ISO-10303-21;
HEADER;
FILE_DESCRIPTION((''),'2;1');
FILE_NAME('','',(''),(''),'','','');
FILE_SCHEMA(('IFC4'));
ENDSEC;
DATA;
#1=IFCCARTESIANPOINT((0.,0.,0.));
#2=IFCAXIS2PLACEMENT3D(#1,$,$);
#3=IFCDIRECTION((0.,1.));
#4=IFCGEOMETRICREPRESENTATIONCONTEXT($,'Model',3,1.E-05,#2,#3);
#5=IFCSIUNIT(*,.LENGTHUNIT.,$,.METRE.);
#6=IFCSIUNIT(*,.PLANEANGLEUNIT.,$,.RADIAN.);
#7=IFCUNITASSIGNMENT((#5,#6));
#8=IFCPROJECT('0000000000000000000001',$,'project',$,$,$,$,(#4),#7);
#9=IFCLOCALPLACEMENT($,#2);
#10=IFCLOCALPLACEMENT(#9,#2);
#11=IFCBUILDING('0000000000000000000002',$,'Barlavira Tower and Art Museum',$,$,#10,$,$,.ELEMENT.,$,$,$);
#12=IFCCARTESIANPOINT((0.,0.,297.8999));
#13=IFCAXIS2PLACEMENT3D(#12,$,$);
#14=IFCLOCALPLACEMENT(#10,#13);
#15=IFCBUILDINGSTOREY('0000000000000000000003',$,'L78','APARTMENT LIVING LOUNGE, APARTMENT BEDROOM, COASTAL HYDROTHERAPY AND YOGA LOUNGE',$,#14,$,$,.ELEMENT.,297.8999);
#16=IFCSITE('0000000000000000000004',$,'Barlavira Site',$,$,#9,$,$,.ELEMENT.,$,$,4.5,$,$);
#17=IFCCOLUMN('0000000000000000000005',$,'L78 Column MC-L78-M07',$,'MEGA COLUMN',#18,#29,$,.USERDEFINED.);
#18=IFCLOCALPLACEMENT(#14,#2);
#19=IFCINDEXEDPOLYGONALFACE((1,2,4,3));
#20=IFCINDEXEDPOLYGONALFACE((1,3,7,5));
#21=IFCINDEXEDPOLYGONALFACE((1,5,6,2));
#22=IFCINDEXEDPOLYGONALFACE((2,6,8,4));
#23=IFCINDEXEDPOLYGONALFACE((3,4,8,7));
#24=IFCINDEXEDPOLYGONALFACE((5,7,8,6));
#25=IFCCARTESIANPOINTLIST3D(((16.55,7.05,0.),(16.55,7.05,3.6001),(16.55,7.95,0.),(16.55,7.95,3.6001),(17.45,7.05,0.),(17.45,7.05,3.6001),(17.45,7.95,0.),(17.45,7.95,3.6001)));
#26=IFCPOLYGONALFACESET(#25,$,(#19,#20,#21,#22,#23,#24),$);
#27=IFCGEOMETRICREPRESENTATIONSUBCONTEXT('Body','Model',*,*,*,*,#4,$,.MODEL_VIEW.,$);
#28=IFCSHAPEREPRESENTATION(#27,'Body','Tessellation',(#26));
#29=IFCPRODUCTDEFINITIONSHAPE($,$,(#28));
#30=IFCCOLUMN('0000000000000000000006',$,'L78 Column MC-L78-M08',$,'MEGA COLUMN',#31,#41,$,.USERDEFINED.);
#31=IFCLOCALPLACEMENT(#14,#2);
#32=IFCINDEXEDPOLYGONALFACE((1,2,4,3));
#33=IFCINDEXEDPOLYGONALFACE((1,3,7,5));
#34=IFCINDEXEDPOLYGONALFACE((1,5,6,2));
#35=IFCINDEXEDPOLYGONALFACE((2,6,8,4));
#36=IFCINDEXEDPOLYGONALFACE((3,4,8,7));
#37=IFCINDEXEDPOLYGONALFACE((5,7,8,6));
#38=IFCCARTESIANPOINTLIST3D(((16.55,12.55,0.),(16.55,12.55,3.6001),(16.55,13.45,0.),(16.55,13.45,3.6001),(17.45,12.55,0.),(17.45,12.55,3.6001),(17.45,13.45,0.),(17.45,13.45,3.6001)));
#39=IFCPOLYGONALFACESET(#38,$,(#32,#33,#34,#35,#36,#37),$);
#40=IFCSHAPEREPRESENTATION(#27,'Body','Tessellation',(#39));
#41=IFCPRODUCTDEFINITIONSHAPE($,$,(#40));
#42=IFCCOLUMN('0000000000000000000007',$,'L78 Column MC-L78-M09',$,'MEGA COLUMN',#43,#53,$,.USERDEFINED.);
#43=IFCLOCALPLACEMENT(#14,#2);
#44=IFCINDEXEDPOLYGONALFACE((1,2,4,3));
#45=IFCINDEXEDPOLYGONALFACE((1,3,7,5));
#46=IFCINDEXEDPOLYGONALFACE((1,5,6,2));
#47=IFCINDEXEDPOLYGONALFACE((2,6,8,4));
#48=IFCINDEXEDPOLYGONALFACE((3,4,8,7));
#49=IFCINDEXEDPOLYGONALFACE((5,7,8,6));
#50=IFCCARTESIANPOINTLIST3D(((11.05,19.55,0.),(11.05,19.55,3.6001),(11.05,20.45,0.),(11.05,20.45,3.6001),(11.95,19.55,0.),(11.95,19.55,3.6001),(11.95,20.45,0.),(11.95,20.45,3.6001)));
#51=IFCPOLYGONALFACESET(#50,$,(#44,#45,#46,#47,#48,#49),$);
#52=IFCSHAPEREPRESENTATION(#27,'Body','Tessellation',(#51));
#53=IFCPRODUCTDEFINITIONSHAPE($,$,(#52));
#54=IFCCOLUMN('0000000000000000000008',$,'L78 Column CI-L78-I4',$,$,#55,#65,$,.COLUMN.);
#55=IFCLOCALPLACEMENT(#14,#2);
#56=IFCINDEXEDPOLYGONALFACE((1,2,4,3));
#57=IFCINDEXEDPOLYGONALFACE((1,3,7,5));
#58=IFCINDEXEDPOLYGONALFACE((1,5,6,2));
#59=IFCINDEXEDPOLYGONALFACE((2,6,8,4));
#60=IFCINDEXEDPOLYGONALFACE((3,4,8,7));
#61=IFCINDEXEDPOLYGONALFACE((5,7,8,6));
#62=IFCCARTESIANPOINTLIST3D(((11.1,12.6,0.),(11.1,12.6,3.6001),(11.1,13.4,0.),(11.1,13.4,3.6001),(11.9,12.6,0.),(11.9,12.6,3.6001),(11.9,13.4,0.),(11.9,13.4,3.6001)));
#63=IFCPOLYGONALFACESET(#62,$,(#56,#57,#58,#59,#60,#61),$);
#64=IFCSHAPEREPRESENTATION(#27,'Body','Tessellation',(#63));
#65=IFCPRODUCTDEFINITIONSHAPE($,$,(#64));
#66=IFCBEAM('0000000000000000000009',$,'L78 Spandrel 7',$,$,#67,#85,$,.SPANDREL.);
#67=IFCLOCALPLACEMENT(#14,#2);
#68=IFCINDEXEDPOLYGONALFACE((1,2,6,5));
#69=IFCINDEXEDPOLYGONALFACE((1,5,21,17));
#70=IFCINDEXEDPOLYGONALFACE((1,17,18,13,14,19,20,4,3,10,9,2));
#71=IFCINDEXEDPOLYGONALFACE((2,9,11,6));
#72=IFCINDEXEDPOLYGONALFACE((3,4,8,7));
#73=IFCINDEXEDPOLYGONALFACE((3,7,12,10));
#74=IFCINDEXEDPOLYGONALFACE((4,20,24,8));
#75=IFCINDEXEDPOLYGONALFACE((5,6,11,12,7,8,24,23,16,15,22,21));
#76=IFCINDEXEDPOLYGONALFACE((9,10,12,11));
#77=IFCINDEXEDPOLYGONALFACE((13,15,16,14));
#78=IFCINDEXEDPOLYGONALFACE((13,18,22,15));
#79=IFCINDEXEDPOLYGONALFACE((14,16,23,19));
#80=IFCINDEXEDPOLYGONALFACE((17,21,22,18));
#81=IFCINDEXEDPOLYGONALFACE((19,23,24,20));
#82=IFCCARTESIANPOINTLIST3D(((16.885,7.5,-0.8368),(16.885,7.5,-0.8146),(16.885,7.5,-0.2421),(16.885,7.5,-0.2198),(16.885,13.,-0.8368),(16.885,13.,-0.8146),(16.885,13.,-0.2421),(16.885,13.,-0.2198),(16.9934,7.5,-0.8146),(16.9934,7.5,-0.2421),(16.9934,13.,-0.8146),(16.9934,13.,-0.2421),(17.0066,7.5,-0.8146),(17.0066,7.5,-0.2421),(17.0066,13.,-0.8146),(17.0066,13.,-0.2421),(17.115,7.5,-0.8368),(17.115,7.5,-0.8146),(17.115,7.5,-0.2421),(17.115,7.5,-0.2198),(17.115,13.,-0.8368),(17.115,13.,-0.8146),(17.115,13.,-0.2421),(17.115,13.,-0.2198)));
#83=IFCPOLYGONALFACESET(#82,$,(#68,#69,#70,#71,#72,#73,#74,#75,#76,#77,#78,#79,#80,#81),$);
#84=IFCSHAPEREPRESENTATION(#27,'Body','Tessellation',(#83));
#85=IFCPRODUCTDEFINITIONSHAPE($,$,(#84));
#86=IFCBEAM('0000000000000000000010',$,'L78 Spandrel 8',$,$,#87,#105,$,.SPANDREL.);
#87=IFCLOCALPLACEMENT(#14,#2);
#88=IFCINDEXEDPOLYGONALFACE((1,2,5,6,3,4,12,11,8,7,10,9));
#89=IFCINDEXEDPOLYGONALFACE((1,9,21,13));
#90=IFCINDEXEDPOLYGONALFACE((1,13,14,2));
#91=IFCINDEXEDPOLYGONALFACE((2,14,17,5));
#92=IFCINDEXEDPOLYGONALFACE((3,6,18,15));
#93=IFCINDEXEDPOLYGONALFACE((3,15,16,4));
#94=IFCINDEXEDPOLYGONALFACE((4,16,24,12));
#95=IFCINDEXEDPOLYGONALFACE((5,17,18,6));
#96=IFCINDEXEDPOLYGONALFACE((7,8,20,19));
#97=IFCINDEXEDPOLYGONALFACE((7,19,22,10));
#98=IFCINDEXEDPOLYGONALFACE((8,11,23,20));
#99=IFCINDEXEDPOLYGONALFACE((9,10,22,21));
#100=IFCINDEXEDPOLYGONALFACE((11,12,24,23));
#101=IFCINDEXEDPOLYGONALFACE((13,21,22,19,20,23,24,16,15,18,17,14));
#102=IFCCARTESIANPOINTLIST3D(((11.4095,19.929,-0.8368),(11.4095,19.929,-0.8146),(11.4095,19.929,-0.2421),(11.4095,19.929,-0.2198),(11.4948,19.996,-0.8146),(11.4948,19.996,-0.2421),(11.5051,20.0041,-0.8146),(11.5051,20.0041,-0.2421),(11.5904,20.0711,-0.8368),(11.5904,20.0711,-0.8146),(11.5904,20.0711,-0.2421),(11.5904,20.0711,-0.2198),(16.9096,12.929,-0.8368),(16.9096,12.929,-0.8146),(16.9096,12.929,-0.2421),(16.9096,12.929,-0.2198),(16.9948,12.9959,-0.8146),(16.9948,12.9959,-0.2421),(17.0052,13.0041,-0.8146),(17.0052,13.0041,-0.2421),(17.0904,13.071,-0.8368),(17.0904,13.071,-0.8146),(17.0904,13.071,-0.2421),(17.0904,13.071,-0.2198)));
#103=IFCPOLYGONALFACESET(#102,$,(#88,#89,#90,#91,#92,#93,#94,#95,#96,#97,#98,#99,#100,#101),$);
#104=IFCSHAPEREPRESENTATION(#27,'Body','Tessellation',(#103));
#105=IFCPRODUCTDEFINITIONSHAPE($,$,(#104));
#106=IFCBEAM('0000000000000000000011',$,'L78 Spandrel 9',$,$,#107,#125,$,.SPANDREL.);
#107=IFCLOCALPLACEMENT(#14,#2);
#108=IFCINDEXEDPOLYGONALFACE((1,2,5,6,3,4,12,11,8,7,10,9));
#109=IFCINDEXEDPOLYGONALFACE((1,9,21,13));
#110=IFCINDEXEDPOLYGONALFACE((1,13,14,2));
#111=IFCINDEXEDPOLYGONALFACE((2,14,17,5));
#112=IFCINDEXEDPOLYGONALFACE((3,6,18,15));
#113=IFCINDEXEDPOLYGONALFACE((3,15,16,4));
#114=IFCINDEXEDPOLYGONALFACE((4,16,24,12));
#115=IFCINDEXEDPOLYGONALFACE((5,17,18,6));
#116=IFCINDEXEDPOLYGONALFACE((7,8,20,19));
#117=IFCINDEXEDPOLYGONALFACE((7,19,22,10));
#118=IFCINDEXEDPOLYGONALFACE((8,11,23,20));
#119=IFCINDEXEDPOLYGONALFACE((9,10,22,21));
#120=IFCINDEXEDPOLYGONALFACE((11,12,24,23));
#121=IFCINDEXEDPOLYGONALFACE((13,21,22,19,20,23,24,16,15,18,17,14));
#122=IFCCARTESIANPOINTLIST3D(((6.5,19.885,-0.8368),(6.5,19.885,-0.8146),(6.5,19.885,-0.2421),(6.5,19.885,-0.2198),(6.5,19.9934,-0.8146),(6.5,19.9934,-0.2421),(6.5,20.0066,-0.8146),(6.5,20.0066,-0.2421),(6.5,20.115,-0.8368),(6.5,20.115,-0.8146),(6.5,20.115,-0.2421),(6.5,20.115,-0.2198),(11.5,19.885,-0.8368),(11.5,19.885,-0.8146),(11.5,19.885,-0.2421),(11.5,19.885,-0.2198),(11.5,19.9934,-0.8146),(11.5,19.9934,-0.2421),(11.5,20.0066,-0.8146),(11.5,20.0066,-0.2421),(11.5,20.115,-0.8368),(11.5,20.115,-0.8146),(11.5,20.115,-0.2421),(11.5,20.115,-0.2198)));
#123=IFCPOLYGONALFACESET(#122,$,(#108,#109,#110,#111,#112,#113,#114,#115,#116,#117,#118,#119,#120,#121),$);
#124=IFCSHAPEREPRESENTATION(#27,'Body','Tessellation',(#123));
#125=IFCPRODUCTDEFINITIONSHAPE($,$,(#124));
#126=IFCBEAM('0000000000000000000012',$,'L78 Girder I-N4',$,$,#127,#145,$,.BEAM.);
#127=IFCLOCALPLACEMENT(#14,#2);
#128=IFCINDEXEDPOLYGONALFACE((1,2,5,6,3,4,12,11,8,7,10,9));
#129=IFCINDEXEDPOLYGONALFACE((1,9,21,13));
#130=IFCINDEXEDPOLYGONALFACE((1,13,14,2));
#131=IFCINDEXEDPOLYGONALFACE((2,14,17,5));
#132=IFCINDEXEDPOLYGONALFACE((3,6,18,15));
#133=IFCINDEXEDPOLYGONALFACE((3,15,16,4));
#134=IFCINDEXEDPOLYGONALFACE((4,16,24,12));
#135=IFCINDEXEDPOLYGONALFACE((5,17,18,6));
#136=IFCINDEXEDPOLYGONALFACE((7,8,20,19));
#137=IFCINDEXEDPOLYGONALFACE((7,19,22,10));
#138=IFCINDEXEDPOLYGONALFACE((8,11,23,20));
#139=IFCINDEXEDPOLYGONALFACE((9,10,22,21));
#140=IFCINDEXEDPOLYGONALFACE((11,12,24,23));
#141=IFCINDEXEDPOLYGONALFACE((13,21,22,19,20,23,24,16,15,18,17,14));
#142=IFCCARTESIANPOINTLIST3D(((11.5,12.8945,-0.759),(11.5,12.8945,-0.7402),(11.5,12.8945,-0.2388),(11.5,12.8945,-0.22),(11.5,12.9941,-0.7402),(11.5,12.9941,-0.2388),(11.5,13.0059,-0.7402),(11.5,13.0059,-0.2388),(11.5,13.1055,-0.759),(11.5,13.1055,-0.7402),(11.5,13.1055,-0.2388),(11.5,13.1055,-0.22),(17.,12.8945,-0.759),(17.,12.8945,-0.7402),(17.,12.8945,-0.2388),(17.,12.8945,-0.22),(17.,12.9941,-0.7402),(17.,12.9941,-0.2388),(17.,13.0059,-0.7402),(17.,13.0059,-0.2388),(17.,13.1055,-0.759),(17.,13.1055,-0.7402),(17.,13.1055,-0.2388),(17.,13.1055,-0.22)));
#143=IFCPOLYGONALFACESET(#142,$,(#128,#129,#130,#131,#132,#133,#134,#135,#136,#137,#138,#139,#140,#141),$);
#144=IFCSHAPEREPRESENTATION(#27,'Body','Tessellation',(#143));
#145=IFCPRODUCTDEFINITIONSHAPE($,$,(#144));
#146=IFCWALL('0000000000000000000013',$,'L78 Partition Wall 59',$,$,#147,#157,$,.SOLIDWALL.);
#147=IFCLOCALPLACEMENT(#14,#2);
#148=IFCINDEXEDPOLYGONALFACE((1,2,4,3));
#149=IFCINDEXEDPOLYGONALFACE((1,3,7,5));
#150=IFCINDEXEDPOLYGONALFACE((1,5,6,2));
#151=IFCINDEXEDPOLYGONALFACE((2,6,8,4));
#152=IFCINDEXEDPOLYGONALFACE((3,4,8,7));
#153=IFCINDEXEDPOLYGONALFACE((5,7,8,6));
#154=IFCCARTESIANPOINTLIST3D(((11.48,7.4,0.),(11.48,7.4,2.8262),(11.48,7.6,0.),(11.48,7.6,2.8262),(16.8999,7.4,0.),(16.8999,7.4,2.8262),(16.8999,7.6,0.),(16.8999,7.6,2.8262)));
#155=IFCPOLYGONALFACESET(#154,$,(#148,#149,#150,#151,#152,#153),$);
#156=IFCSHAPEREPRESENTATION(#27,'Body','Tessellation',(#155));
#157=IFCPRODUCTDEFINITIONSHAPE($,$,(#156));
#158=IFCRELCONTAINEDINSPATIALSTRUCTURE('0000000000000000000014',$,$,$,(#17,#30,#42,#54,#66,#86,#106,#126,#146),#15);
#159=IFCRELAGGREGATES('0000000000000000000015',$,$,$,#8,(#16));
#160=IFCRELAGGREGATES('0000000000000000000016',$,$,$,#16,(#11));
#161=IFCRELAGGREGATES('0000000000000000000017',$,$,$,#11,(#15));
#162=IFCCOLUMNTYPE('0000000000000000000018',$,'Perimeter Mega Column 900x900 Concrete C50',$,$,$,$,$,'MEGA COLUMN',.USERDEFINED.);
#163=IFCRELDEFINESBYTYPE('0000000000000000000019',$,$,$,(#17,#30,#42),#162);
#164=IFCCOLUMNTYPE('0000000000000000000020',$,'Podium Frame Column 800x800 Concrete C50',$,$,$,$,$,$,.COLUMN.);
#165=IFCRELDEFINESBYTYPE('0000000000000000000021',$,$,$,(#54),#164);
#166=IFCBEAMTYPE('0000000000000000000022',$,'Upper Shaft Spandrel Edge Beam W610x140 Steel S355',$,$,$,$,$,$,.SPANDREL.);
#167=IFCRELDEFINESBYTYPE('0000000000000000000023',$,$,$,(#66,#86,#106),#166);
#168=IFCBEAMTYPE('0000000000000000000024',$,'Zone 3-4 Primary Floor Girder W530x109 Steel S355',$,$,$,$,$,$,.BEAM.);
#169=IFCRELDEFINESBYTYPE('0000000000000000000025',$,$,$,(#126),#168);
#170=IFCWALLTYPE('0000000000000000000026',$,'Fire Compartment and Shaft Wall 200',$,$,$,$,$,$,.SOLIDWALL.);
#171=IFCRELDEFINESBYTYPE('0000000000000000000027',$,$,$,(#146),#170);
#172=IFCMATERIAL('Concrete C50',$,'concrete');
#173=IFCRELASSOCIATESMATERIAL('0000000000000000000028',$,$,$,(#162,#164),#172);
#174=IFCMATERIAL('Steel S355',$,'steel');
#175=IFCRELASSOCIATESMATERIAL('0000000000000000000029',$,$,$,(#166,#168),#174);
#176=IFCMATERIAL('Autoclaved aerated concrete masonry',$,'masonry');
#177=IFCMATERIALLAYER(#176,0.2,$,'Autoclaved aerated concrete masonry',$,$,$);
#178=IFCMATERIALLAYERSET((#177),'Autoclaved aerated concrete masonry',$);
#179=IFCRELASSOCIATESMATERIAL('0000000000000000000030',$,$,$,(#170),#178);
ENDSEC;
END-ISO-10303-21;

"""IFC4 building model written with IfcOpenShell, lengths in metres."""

from ifc_helpers import new_model, si_unit, direction, frame, frame_2d, origin, origin_2d, place, context, subcontext, project, spatial, rectangle, i_section, extrude, material, layer, layer_set, material_profile, profile_set, type_object, element, save


model = new_model("IFC4")

# Units and contexts
model_context = context("Model", 3, precision=1e-05, world=origin(), true_north=direction((0.0, 1.0)))
body_context = subcontext(model_context, "Body", "Model", "MODEL_VIEW")
ifc_project = project(units=[si_unit("LENGTHUNIT", "METRE"), si_unit("PLANEANGLEUNIT", "RADIAN")], contexts=[model_context])

# Site, building, storey
site_placement = place(None, origin())
site = spatial("IfcSite", under=ifc_project, at=site_placement, Name="Barlavira Site", CompositionType="ELEMENT", RefElevation=4.5)
building_placement = place(site_placement, origin())
building = spatial("IfcBuilding", under=site, at=building_placement, Name="Barlavira Tower and Art Museum", CompositionType="ELEMENT")
storey_placement = place(building_placement, frame((0.0, 0.0, 297.8999)))
storey = spatial("IfcBuildingStorey", under=building, at=storey_placement, Name="L78", Description="APARTMENT LIVING LOUNGE, APARTMENT BEDROOM, COASTAL HYDROTHERAPY AND YOGA LOUNGE", CompositionType="ELEMENT", Elevation=297.8999)

# Columns
ifc_material_1 = material(Name="Concrete C50", Category="concrete")
ifc_material_profile_1 = material_profile(ifc_material_1, rectangle(XDim=0.8999, YDim=0.8999, at=origin_2d()), Name="RC-COL 900x900")
ifc_profile_set_1 = profile_set([ifc_material_profile_1], Name="Concrete C50")
column_type_1 = type_object("IfcColumnType", Name="Perimeter Mega Column 900x900 Concrete C50", ElementType="MEGA COLUMN", PredefinedType="USERDEFINED", material=ifc_profile_set_1)
for number, where, z_axis, x_axis, name in (
    (1, (17.0, 7.5, 0.0), (0.0, 0.0, 1.0), (1.0, 0.0, 0.0), "L78 Column MC-L78-M07"),
    (2, (17.0, 13.0, 0.0), (0.0, 0.0, 1.0), (1.0, 0.0, 0.0), "L78 Column MC-L78-M08"),
    (3, (11.5, 20.0, 0.0), (0.0, 0.0, 1.0), (1.0, 0.0, 0.0), "L78 Column MC-L78-M09"),
):
    element("IfcColumn", number, at=place(storey_placement, frame(where, z_axis=z_axis, x_axis=x_axis)), inside=storey, type_object=column_type_1, Name=name, ObjectType="MEGA COLUMN", PredefinedType="USERDEFINED", context=body_context, shape_type="SweptSolid", body=[
        extrude(rectangle(XDim=0.8999, YDim=0.8999, at=origin_2d()), origin(), (0.0, 0.0, 1.0), 3.6001),
    ])
ifc_material_profile_2 = material_profile(ifc_material_1, rectangle(XDim=0.8, YDim=0.8, at=origin_2d()), Name="RC-COL 800x800")
ifc_profile_set_2 = profile_set([ifc_material_profile_2], Name="Concrete C50")
column_type_2 = type_object("IfcColumnType", Name="Podium Frame Column 800x800 Concrete C50", PredefinedType="COLUMN", material=ifc_profile_set_2)
column_placement = place(storey_placement, frame((11.5, 13.0, 0.0), z_axis=(0.0, 0.0, 1.0), x_axis=(1.0, 0.0, 0.0)))
element("IfcColumn", 4, at=column_placement, inside=storey, type_object=column_type_2, Name="L78 Column CI-L78-I4", PredefinedType="COLUMN", context=body_context, shape_type="SweptSolid", body=[
    extrude(rectangle(XDim=0.8, YDim=0.8, at=origin_2d()), origin(), (0.0, 0.0, 1.0), 3.6001),
])

# Beams
ifc_material_2 = material(Name="Steel S355", Category="steel")
ifc_material_profile_3 = material_profile(ifc_material_2, i_section(OverallWidth=0.23, OverallDepth=0.6169, WebThickness=0.0132, FlangeThickness=0.0222, at=origin_2d()), Name="W610x140.0")
ifc_profile_set_3 = profile_set([ifc_material_profile_3], Name="Steel S355")
beam_type_1 = type_object("IfcBeamType", Name="Upper Shaft Spandrel Edge Beam W610x140 Steel S355", PredefinedType="SPANDREL", material=ifc_profile_set_3)
beam_1_placement = place(storey_placement, frame((17.0, 7.5, -0.5283), z_axis=(0.0, 1.0, 0.0), x_axis=(-1.0, 0.0, 0.0)))
element("IfcBeam", 5, at=beam_1_placement, inside=storey, type_object=beam_type_1, Name="L78 Spandrel 7", PredefinedType="SPANDREL", context=body_context, shape_type="SweptSolid", body=[
    extrude(i_section(OverallWidth=0.23, OverallDepth=0.6169, WebThickness=0.0132, FlangeThickness=0.0222, at=origin_2d()), origin(), (0.0, 0.0, 1.0), 5.5),
])
beam_2_placement = place(storey_placement, frame((17.0, 13.0, -0.5283), z_axis=(-0.617822, 0.786318, 0.0), x_axis=(-0.786318, -0.617822, 0.0)))
element("IfcBeam", 6, at=beam_2_placement, inside=storey, type_object=beam_type_1, Name="L78 Spandrel 8", PredefinedType="SPANDREL", context=body_context, shape_type="SweptSolid", body=[
    extrude(i_section(OverallWidth=0.23, OverallDepth=0.6169, WebThickness=0.0132, FlangeThickness=0.0222, at=origin_2d()), origin(), (0.0, 0.0, 1.0), 8.9023),
])
beam_3_placement = place(storey_placement, frame((6.5, 20.0, -0.5283), z_axis=(1.0, 0.0, 0.0), x_axis=(0.0, 1.0, 0.0)))
element("IfcBeam", 7, at=beam_3_placement, inside=storey, type_object=beam_type_1, Name="L78 Spandrel 9", PredefinedType="SPANDREL", context=body_context, shape_type="SweptSolid", body=[
    extrude(i_section(OverallWidth=0.23, OverallDepth=0.6169, WebThickness=0.0132, FlangeThickness=0.0222, at=origin_2d()), origin(), (0.0, 0.0, 1.0), 5.0),
])
ifc_material_profile_4 = material_profile(ifc_material_2, i_section(OverallWidth=0.2109, OverallDepth=0.5391, WebThickness=0.0117, FlangeThickness=0.0188, at=origin_2d()), Name="W530x109.0")
ifc_profile_set_4 = profile_set([ifc_material_profile_4], Name="Steel S355")
beam_type_2 = type_object("IfcBeamType", Name="Zone 3-4 Primary Floor Girder W530x109 Steel S355", PredefinedType="BEAM", material=ifc_profile_set_4)
beam_4_placement = place(storey_placement, frame((11.5, 13.0, -0.4895), z_axis=(1.0, 0.0, 0.0), x_axis=(0.0, 1.0, 0.0)))
element("IfcBeam", 8, at=beam_4_placement, inside=storey, type_object=beam_type_2, Name="L78 Girder I-N4", PredefinedType="BEAM", context=body_context, shape_type="SweptSolid", body=[
    extrude(i_section(OverallWidth=0.2109, OverallDepth=0.5391, WebThickness=0.0117, FlangeThickness=0.0188, at=origin_2d()), origin(), (0.0, 0.0, 1.0), 5.5),
])

# Wall
ifc_material_3 = material(Name="Autoclaved aerated concrete masonry", Category="masonry")
ifc_layer_1 = layer(ifc_material_3, 0.2, Name="Autoclaved aerated concrete masonry")
ifc_layer_set_1 = layer_set([ifc_layer_1], Name="Autoclaved aerated concrete masonry")
wall_type_1 = type_object("IfcWallType", Name="Fire Compartment and Shaft Wall 200", PredefinedType="SOLIDWALL", material=ifc_layer_set_1)
wall_1_placement = place(storey_placement, frame((11.48, 7.5, 0.0), z_axis=(0.0, 0.0, 1.0), x_axis=(1.0, 0.0, 0.0)))
element("IfcWall", 9, at=wall_1_placement, inside=storey, type_object=wall_type_1, Name="L78 Partition Wall 59", PredefinedType="SOLIDWALL", context=body_context, shape_type="SweptSolid", body=[
    extrude(rectangle(XDim=5.4199, YDim=0.2, at=frame_2d((2.71, 0.0))), origin(), (0.0, 0.0, 1.0), 2.8262),
])

save(model, "model.ifc")
